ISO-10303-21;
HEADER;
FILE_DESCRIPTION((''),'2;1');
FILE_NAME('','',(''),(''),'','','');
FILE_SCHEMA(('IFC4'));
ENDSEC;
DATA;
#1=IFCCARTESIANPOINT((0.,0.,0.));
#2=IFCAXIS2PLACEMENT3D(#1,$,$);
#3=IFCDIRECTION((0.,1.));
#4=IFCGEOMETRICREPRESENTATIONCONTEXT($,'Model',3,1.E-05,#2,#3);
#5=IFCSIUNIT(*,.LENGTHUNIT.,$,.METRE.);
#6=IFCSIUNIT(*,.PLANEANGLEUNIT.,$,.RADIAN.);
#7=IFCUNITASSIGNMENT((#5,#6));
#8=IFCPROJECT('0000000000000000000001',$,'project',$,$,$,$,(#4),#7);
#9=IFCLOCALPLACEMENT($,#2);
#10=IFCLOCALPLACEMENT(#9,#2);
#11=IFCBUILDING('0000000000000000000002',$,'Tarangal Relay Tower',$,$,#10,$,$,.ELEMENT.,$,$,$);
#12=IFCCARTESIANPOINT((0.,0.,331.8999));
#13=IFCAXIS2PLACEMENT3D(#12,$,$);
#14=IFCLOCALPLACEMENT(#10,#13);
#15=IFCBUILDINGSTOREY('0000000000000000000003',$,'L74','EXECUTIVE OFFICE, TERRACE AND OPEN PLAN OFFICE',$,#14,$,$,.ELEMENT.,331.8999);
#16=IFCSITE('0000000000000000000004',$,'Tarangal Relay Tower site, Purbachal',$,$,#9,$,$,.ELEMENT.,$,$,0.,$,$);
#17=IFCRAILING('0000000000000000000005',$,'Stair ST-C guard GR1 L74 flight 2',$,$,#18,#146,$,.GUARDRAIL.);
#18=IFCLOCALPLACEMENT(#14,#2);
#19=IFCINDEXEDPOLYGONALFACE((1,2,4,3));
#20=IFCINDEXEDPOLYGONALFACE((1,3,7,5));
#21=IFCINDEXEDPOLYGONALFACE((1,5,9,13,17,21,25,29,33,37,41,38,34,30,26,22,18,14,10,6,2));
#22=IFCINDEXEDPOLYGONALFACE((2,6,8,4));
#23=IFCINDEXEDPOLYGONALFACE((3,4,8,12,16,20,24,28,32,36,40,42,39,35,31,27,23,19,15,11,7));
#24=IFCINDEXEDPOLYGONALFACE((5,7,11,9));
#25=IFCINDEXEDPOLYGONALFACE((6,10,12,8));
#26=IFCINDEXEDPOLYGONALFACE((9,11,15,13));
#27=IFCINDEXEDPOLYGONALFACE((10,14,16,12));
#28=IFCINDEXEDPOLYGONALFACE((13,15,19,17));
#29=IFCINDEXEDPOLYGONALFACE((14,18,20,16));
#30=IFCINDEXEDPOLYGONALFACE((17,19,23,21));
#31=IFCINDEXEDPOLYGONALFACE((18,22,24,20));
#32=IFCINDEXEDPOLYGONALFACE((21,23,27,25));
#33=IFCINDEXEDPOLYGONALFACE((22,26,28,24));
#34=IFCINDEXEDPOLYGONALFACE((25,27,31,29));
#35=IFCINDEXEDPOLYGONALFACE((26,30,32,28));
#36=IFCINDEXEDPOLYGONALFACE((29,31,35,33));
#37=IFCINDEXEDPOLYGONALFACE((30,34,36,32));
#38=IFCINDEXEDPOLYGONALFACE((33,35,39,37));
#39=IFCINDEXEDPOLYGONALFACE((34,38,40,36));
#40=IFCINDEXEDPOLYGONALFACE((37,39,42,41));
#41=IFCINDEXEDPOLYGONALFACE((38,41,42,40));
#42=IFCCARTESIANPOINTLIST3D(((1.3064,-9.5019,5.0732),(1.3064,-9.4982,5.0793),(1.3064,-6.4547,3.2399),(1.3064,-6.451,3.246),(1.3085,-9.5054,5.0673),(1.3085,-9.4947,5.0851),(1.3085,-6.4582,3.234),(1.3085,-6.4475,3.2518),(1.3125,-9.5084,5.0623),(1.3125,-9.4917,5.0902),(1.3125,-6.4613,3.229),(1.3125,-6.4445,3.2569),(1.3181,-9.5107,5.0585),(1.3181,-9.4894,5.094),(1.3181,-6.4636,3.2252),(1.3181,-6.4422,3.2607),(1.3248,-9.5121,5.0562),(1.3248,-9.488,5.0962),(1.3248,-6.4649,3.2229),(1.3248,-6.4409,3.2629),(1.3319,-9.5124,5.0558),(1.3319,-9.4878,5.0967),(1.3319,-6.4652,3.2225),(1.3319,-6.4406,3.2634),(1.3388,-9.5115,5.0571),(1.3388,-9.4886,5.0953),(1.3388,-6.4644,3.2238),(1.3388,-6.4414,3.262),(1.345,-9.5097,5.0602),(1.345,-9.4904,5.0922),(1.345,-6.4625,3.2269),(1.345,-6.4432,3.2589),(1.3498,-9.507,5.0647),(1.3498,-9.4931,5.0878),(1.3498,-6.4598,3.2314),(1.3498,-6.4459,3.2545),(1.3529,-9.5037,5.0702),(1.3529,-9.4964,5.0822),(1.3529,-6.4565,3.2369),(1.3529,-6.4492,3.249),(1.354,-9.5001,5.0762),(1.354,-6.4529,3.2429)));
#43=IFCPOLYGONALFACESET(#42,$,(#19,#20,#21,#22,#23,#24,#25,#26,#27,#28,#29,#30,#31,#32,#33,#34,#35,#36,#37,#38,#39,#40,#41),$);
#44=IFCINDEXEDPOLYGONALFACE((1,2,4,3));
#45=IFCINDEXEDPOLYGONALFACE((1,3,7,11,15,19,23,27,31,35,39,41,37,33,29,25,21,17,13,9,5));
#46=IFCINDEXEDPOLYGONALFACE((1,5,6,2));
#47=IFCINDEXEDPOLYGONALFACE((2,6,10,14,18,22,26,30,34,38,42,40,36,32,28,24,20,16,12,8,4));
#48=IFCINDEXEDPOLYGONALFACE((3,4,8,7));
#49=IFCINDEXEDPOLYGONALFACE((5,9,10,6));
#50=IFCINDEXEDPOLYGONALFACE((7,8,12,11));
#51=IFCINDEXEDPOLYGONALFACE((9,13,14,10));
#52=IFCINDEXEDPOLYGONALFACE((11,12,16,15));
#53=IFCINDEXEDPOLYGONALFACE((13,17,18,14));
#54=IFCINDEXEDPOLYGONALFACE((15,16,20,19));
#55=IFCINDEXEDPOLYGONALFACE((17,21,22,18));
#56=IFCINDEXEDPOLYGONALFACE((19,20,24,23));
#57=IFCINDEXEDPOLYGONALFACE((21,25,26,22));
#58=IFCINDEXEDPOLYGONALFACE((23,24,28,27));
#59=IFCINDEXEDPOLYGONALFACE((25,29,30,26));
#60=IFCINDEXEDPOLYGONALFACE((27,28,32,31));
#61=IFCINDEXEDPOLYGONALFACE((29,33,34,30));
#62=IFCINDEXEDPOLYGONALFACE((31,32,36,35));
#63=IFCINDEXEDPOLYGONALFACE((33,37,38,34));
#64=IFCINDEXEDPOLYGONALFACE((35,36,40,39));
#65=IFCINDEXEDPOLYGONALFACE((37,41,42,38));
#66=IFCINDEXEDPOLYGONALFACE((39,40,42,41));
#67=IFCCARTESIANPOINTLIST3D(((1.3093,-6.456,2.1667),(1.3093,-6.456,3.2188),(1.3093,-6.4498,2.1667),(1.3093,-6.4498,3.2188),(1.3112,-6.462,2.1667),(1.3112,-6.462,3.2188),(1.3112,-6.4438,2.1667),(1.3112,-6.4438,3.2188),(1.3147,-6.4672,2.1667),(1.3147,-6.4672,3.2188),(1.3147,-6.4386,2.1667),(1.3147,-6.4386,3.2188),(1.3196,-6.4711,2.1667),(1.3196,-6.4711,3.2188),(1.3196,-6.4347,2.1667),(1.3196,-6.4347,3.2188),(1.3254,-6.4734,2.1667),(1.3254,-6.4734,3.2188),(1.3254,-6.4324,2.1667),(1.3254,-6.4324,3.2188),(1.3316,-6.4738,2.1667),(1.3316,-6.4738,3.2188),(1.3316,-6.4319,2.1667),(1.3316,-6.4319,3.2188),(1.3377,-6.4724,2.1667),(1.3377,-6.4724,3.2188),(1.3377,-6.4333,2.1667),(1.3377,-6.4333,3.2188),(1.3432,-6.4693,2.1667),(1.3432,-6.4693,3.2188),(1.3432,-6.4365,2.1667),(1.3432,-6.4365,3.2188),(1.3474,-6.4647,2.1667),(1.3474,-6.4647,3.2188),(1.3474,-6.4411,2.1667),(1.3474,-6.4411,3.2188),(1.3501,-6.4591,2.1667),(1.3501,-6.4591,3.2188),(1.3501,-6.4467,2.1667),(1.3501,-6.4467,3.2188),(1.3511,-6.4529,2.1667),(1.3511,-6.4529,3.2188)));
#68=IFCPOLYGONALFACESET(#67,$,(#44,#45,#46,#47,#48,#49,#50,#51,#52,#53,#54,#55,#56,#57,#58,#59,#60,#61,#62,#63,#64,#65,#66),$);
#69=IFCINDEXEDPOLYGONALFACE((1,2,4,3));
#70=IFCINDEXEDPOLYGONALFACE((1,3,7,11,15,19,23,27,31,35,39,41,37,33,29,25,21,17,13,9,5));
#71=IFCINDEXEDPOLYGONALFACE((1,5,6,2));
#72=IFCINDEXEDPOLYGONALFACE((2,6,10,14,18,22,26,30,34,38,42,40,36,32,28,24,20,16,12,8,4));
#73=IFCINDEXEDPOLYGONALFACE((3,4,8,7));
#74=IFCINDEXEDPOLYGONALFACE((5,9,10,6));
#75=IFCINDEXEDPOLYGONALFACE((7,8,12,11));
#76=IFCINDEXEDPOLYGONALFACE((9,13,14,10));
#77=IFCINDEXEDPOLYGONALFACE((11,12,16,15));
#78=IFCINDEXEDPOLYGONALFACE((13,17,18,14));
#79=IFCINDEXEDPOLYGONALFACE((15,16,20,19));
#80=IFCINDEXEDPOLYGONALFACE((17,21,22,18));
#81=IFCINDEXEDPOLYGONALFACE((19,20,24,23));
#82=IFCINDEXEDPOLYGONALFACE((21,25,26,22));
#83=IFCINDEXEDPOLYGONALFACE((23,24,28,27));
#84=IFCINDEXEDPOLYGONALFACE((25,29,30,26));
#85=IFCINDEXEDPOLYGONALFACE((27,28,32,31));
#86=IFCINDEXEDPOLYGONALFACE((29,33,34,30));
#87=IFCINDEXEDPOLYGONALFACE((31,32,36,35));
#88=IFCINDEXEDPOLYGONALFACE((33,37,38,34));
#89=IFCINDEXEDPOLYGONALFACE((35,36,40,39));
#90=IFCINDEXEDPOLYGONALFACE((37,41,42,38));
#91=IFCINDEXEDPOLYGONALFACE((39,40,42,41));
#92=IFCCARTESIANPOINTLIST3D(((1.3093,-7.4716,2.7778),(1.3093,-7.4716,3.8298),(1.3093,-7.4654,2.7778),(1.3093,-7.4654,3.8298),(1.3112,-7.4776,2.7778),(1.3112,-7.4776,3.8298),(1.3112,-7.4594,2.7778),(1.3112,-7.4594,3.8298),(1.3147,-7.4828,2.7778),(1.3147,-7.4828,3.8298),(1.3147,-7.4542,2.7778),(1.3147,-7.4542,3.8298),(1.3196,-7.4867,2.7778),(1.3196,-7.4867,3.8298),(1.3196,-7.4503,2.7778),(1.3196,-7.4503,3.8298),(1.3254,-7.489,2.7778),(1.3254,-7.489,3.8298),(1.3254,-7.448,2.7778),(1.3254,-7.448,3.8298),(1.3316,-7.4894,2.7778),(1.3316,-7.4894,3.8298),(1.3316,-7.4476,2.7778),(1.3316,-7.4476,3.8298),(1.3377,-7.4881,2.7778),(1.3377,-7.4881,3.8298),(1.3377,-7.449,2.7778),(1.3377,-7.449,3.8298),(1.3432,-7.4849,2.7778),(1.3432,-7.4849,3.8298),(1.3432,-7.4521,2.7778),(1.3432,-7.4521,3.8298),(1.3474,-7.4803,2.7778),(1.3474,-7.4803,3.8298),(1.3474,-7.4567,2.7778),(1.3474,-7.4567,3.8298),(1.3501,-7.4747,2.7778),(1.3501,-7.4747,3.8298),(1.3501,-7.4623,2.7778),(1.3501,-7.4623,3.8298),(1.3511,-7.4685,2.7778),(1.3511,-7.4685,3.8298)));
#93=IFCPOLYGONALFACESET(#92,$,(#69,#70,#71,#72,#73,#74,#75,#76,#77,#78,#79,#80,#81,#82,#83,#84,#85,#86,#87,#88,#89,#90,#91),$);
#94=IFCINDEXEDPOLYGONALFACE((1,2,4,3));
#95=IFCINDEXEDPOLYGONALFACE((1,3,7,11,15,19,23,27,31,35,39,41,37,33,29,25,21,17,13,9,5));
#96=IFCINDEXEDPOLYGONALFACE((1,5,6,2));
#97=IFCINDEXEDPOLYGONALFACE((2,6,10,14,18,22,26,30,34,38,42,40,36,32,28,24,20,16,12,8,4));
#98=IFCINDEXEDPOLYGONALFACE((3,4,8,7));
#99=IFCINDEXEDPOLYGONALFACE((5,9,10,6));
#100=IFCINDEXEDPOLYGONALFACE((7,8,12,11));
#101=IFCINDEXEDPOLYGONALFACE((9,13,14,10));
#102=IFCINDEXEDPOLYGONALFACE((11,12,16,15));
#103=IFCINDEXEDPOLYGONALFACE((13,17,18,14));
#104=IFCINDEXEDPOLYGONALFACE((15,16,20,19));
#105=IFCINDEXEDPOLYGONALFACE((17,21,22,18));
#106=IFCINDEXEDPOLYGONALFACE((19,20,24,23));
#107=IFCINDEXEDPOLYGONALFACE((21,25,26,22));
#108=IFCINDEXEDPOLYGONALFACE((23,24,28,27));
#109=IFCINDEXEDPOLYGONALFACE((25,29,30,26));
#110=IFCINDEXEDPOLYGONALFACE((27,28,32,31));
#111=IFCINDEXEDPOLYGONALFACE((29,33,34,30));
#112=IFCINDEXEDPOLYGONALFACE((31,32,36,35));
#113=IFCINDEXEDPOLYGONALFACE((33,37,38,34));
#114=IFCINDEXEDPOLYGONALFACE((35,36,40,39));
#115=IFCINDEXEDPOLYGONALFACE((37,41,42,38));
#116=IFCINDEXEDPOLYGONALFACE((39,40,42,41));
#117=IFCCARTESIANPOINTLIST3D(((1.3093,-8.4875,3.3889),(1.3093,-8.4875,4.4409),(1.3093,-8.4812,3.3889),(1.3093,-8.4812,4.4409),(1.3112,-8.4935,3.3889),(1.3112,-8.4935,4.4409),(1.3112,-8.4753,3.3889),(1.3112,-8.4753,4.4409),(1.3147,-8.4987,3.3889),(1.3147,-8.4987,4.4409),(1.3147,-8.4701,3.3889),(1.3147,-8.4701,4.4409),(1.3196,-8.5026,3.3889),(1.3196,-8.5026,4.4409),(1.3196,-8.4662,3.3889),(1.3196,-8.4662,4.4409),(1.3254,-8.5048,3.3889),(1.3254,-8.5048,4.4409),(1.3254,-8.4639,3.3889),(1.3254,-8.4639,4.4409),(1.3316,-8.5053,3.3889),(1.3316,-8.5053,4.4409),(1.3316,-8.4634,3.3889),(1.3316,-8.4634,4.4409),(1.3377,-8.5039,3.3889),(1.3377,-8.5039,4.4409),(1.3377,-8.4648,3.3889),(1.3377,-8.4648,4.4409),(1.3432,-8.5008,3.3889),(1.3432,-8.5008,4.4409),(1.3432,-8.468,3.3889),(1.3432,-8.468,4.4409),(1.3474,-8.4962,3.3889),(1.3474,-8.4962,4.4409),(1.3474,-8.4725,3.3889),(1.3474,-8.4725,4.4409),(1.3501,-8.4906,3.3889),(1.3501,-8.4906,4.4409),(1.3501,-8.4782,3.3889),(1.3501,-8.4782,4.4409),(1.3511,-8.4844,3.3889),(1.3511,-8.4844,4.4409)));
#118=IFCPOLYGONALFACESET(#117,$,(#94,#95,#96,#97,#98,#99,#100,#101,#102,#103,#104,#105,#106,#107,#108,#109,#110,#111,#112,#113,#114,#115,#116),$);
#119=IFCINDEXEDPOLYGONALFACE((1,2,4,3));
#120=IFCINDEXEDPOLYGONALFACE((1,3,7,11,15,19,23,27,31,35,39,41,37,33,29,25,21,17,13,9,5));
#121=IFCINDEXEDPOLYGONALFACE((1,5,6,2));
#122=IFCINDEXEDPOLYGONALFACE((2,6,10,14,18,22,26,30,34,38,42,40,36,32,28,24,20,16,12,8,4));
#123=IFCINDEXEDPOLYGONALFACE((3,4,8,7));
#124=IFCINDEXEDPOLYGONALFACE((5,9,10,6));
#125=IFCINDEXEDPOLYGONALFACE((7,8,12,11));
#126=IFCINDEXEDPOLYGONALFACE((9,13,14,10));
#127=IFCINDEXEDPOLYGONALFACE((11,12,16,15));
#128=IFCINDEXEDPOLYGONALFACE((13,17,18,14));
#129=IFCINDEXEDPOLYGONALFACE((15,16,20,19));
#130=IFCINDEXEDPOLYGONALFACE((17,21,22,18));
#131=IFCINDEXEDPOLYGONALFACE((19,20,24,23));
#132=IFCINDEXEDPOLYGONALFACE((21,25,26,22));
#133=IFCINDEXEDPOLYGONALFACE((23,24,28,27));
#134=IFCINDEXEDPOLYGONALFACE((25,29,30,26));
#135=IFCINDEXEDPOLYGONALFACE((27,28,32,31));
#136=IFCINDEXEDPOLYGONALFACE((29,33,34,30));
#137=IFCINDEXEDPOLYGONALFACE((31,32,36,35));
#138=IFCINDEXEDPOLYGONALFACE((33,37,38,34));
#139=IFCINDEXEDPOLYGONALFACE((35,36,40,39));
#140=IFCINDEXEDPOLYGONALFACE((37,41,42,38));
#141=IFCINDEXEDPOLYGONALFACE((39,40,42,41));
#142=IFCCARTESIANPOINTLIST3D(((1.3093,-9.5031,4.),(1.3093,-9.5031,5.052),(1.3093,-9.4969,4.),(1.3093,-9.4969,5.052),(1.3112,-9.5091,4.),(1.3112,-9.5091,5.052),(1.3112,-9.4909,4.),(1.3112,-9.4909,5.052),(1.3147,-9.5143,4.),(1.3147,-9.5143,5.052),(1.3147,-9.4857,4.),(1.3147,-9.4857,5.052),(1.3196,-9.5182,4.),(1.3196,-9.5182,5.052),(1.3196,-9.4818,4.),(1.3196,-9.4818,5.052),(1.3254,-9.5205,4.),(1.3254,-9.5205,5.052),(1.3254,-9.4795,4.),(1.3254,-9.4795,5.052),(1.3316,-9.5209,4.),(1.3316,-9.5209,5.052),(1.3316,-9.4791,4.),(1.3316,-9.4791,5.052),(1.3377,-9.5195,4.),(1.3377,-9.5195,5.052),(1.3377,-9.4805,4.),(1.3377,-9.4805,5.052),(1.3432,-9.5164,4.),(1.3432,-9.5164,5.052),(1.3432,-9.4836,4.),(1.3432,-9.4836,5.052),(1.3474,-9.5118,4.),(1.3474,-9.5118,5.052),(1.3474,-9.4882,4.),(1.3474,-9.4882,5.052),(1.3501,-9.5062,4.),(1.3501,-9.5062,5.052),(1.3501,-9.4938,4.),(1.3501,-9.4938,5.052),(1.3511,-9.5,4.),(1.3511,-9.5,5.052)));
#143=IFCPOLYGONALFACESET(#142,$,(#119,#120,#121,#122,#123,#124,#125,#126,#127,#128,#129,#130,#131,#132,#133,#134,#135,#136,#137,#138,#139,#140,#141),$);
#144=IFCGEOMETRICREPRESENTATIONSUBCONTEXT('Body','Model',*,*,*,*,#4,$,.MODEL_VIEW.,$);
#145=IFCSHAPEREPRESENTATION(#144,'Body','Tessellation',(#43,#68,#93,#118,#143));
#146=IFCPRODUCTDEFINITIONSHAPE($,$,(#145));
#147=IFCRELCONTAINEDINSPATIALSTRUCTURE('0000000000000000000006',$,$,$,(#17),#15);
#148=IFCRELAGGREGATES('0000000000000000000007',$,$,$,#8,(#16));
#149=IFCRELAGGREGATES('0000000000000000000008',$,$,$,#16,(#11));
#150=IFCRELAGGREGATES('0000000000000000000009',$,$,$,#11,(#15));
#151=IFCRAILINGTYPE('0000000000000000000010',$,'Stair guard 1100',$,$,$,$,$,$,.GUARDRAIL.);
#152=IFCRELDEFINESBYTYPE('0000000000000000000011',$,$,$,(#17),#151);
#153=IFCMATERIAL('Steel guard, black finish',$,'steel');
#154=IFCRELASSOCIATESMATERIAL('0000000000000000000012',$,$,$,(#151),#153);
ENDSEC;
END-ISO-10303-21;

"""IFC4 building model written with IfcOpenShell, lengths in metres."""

from ifc_helpers import new_model, si_unit, direction, frame, origin, origin_2d, place, context, subcontext, project, spatial, circle, extrude, material, type_object, element, save


model = new_model("IFC4")

# Units and contexts
model_context = context("Model", 3, precision=1e-05, world=origin(), true_north=direction((0.0, 1.0)))
body_context = subcontext(model_context, "Body", "Model", "MODEL_VIEW")
ifc_project = project(units=[si_unit("LENGTHUNIT", "METRE"), si_unit("PLANEANGLEUNIT", "RADIAN")], contexts=[model_context])

# Site, building, storey
site_placement = place(None, origin())
site = spatial("IfcSite", under=ifc_project, at=site_placement, Name="Tarangal Relay Tower site, Purbachal", CompositionType="ELEMENT", RefElevation=0.0)
building_placement = place(site_placement, origin())
building = spatial("IfcBuilding", under=site, at=building_placement, Name="Tarangal Relay Tower", CompositionType="ELEMENT")
storey_placement = place(building_placement, frame((0.0, 0.0, 331.8999)))
storey = spatial("IfcBuildingStorey", under=building, at=storey_placement, Name="L74", Description="EXECUTIVE OFFICE, TERRACE AND OPEN PLAN OFFICE", CompositionType="ELEMENT", Elevation=331.8999)

# Railing
ifc_material_1 = material(Name="Steel guard, black finish", Category="steel")
railing_type_1 = type_object("IfcRailingType", Name="Stair guard 1100", PredefinedType="GUARDRAIL", material=ifc_material_1)
railing_1_placement = place(storey_placement, frame((1.3301, -6.4529, 2.1667)))
element("IfcRailing", 1, at=railing_1_placement, inside=storey, type_object=railing_type_1, Name="Stair ST-C guard GR1 L74 flight 2", PredefinedType="GUARDRAIL", context=body_context, shape_type="SweptSolid", body=[
    extrude(circle(Radius=0.0239, at=origin_2d()), frame((0.0, 0.0, 1.0762), z_axis=(0.0, -0.856874, 0.515525), x_axis=(1.0, 0.0, 0.0)), (0.0, 0.0, 1.0), 3.5562),
    extrude(circle(Radius=0.021, at=origin_2d()), origin(), (0.0, 0.0, 1.0), 1.052),
    extrude(circle(Radius=0.021, at=origin_2d()), frame((0.0, -1.0156, 0.6111)), (0.0, 0.0, 1.0), 1.052),
    extrude(circle(Radius=0.021, at=origin_2d()), frame((0.0, -2.0315, 1.2222)), (0.0, 0.0, 1.0), 1.052),
    extrude(circle(Radius=0.021, at=origin_2d()), frame((0.0, -3.0471, 1.8333)), (0.0, 0.0, 1.0), 1.052),
])

save(model, "model.ifc")
